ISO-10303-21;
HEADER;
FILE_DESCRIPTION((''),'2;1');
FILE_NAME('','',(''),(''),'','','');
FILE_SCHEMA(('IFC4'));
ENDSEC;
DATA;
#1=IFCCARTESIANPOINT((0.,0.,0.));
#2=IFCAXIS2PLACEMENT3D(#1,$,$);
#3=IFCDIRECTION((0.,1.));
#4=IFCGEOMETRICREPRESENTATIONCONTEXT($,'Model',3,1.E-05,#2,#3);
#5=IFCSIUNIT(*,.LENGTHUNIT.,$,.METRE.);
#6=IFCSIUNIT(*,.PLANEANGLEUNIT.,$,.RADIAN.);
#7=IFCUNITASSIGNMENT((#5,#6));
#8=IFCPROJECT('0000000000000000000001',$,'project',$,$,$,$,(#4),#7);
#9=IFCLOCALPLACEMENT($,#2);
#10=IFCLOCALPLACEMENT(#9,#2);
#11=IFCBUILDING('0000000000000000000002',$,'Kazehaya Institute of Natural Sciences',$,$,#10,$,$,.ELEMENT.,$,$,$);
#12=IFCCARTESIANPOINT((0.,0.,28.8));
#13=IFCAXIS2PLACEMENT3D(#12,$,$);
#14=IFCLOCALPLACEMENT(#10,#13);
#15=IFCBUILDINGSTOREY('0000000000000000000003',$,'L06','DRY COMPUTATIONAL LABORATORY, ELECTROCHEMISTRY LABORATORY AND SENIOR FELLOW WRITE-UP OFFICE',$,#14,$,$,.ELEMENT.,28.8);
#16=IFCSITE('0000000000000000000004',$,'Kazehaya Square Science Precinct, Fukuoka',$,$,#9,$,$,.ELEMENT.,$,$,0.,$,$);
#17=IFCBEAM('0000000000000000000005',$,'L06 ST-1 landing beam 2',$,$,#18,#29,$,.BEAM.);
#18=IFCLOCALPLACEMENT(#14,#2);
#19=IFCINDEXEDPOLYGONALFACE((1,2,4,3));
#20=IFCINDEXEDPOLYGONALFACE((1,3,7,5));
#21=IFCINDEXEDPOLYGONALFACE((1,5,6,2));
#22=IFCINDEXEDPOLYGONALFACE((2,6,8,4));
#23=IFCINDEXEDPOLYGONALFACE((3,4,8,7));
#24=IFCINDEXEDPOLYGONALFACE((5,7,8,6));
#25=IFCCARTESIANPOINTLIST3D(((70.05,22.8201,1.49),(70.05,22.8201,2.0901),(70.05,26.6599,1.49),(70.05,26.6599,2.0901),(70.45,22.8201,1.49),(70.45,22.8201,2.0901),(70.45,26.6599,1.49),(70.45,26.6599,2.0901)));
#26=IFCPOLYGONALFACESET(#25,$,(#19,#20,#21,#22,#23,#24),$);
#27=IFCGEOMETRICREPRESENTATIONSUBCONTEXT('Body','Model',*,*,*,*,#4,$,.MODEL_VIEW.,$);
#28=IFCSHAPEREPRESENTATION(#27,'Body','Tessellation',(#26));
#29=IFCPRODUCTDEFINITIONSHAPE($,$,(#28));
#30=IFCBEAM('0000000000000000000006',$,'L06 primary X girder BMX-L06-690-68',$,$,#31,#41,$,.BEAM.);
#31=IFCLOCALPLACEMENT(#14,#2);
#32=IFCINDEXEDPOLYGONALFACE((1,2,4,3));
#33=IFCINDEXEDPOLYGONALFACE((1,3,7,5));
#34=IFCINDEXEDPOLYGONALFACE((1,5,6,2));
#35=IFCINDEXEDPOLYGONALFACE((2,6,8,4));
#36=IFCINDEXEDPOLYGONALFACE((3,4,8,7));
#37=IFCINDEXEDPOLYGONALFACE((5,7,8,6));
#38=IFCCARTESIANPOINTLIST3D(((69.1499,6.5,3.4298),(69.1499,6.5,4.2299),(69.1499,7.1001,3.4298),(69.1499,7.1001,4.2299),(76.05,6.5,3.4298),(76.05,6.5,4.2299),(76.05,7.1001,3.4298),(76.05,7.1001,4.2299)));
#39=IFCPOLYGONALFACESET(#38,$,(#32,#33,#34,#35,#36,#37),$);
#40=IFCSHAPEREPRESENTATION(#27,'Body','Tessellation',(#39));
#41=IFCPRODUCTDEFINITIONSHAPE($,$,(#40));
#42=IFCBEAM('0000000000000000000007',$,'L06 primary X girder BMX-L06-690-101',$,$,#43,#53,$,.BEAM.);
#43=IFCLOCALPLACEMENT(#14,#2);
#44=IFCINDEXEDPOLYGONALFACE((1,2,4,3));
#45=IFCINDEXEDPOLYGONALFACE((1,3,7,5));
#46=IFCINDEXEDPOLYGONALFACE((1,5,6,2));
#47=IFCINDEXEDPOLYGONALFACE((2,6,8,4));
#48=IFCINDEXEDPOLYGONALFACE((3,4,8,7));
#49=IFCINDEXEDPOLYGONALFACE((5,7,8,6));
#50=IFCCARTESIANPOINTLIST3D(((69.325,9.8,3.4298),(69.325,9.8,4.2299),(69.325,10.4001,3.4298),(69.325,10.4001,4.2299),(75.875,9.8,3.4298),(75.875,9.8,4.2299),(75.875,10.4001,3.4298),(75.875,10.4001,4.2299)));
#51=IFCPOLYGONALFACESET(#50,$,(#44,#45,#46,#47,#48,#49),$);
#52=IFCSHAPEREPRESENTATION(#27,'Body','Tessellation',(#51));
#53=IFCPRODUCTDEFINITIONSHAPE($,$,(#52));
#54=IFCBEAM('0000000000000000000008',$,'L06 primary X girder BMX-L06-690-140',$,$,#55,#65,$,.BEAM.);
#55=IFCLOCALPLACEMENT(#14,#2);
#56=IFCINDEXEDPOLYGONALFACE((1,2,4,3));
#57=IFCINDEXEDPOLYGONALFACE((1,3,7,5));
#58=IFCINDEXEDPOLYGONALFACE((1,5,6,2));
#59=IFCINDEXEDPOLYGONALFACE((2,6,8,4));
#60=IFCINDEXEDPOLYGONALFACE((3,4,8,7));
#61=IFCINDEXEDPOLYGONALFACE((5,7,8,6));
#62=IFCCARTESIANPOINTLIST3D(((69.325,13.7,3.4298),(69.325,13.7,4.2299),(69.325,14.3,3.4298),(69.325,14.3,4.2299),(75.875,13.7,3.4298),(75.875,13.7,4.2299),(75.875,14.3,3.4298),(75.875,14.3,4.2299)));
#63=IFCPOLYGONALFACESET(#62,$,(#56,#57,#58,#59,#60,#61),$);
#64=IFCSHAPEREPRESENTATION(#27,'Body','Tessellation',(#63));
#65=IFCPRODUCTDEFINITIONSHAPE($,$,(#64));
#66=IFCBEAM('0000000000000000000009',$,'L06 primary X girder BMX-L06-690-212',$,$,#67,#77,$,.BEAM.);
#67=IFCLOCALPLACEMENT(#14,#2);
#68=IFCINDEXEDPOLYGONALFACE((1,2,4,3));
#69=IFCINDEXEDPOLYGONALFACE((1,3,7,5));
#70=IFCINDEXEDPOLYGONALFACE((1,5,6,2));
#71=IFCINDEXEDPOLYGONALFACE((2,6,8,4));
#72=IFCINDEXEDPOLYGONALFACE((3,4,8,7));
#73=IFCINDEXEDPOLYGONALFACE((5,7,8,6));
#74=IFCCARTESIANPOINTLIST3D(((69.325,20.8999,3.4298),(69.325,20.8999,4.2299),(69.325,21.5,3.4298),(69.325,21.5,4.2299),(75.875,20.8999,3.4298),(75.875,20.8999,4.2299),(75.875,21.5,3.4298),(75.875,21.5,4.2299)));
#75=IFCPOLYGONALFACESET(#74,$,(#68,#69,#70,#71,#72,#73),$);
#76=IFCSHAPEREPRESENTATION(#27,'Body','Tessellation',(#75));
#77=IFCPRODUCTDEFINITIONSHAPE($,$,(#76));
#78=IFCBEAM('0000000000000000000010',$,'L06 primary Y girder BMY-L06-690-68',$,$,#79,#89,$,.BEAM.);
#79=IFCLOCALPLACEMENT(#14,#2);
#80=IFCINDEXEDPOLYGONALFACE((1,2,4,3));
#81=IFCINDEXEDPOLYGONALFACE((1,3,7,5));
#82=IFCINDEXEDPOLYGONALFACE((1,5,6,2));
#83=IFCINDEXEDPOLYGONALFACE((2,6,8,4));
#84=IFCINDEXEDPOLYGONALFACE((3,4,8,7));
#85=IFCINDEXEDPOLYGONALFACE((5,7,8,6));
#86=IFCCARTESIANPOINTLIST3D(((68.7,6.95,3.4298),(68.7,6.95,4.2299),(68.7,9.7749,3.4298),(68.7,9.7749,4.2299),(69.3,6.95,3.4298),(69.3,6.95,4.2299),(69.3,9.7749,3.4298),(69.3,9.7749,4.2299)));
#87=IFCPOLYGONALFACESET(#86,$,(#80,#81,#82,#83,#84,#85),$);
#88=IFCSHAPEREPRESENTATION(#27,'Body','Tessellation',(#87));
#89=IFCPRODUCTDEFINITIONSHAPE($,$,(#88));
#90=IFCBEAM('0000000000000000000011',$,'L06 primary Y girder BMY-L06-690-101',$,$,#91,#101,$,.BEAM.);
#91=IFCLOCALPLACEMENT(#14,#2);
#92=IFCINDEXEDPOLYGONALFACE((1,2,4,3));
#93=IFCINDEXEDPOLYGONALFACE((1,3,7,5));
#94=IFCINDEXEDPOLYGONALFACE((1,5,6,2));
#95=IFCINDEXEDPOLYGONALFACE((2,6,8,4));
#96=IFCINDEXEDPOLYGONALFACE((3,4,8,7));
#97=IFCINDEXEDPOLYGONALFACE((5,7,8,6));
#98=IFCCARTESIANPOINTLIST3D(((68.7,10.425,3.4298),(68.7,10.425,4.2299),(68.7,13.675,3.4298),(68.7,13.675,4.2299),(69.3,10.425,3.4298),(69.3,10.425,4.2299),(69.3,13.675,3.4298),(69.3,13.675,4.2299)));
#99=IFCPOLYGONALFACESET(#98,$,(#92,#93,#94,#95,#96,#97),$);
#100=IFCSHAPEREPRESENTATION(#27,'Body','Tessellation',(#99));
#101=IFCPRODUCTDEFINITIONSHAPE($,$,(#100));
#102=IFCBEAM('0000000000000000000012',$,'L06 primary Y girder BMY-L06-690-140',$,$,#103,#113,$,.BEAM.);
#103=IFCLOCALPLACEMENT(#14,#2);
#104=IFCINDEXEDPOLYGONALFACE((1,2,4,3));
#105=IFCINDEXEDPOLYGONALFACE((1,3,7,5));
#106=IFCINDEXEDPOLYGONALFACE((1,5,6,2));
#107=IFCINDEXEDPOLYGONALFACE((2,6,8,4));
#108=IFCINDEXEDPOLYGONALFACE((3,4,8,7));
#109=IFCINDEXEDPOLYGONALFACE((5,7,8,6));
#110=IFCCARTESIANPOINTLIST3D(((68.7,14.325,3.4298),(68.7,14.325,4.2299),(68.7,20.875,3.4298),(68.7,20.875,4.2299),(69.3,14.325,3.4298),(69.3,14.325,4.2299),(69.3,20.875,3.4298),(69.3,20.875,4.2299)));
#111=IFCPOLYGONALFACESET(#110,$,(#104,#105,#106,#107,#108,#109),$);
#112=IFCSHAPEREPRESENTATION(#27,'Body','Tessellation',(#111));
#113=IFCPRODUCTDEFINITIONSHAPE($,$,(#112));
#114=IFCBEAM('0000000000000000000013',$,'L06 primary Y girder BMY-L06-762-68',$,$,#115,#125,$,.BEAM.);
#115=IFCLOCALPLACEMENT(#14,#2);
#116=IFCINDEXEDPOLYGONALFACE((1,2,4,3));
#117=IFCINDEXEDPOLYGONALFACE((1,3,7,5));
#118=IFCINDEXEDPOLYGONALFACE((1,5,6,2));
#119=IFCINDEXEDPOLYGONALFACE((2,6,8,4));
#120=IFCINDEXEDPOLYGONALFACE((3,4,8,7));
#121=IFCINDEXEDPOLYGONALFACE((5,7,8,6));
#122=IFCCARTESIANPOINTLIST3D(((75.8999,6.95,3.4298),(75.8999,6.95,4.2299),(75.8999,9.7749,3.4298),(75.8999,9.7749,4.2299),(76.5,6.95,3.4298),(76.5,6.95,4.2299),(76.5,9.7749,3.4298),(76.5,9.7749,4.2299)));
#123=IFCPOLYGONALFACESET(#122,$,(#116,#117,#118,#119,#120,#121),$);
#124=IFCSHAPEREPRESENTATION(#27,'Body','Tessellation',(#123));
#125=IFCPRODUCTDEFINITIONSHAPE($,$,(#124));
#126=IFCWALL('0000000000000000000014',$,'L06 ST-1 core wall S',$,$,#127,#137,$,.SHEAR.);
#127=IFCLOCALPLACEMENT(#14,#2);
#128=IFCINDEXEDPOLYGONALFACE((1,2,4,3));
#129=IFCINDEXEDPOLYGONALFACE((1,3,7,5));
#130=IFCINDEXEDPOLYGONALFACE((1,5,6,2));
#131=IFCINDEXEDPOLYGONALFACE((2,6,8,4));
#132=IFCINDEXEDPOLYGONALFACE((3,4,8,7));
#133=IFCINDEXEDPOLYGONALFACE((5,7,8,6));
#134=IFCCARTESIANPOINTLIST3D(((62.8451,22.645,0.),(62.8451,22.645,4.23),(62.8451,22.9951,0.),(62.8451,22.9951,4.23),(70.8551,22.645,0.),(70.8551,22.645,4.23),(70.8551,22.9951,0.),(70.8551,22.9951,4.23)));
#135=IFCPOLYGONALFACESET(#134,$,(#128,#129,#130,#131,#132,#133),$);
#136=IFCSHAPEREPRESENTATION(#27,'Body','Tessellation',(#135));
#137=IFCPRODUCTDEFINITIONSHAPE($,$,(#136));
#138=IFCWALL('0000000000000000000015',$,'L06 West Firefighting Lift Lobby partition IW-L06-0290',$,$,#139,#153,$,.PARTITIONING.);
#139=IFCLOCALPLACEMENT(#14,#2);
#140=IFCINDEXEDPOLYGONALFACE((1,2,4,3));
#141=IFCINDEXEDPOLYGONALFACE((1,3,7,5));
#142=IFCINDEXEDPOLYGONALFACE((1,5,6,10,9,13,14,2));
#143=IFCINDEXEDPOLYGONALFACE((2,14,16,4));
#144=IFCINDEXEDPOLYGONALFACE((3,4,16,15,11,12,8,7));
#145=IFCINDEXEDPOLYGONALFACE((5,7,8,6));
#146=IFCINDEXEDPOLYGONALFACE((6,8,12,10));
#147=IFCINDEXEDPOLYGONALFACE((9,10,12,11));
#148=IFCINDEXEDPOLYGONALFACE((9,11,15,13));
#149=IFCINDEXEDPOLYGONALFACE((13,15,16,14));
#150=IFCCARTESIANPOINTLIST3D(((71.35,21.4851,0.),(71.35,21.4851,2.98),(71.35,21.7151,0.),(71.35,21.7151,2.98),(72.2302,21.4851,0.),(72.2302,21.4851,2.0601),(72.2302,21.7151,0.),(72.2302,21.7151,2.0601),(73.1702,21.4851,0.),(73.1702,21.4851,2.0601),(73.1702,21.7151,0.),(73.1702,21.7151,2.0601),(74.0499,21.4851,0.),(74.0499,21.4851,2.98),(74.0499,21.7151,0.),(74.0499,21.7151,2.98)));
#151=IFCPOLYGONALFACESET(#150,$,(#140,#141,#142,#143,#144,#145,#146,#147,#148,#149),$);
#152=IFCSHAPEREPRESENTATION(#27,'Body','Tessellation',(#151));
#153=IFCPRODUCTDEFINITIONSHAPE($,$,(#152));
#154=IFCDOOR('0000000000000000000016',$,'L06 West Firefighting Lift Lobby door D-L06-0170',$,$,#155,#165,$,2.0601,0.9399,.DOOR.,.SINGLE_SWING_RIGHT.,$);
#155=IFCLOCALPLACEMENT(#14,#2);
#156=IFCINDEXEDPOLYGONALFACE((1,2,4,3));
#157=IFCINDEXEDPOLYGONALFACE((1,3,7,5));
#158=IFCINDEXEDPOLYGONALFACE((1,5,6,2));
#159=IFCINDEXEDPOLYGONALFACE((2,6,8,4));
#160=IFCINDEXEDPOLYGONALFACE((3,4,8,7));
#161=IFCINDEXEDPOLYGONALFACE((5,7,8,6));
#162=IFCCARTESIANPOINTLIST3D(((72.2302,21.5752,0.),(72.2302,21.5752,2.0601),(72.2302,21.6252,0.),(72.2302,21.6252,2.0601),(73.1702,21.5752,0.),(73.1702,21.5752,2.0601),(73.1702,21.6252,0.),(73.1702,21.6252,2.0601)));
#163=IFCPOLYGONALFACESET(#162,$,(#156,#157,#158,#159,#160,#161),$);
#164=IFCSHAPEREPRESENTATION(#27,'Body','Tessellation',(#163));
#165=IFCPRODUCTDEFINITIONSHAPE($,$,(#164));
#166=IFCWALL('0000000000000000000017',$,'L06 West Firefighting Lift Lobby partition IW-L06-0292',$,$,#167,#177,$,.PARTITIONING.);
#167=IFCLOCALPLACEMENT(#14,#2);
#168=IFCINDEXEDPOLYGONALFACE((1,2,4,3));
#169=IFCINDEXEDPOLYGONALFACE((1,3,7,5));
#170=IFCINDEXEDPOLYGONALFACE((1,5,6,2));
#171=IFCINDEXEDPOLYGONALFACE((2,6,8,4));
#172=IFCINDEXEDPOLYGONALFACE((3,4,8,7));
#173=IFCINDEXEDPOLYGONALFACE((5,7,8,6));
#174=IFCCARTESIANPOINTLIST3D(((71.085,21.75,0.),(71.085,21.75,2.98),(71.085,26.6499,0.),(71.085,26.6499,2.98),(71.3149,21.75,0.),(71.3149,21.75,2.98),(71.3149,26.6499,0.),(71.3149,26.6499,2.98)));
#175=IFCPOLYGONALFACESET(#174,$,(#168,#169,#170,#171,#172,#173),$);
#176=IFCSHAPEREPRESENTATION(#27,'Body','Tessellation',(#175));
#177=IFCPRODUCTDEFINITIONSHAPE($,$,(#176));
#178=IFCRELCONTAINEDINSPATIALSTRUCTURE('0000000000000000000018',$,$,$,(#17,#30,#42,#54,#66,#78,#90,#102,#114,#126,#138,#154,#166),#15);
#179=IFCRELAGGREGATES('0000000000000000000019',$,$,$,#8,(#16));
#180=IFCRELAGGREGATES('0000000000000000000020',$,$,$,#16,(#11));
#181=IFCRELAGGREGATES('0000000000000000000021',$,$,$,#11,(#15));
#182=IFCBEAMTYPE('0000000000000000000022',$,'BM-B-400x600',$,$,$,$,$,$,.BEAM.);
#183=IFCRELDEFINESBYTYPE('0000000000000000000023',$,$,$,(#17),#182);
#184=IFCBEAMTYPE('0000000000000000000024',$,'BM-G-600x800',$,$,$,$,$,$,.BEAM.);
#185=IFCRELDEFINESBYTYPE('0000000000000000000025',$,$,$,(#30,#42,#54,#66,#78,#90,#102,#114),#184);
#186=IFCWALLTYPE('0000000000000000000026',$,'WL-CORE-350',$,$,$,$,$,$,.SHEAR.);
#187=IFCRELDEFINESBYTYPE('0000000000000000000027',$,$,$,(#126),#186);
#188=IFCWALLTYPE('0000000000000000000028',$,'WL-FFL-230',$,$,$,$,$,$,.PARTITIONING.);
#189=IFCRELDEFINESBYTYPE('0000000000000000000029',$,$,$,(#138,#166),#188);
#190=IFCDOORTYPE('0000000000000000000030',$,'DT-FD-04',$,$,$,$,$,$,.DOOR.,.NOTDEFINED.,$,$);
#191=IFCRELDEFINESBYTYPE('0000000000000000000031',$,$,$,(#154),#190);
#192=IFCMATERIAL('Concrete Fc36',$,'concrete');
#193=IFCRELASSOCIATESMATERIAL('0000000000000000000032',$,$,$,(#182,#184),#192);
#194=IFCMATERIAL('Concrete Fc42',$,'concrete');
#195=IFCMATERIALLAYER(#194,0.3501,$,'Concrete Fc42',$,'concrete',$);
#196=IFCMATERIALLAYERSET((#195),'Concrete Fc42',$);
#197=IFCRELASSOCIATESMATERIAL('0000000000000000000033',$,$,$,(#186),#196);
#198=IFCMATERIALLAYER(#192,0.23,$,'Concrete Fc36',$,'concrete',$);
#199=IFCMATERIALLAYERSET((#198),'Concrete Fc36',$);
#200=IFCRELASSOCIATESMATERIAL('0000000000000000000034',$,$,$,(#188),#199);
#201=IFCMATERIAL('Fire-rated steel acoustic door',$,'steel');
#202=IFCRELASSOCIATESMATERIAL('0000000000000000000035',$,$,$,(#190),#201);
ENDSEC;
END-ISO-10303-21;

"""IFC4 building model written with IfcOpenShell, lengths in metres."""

from ifc_helpers import new_model, si_unit, direction, frame, frame_2d, origin, origin_2d, place, context, subcontext, project, spatial, rectangle, extrude, material, layer, layer_set, material_profile, profile_set, type_object, element, fill, save


model = new_model("IFC4")

# Units and contexts
model_context = context("Model", 3, precision=1e-05, world=origin(), true_north=direction((0.0, 1.0)))
body_context = subcontext(model_context, "Body", "Model", "MODEL_VIEW")
ifc_project = project(units=[si_unit("LENGTHUNIT", "METRE"), si_unit("PLANEANGLEUNIT", "RADIAN")], contexts=[model_context])

# Site, building, storey
site_placement = place(None, origin())
site = spatial("IfcSite", under=ifc_project, at=site_placement, Name="Kazehaya Square Science Precinct, Fukuoka", CompositionType="ELEMENT", RefElevation=0.0)
building_placement = place(site_placement, origin())
building = spatial("IfcBuilding", under=site, at=building_placement, Name="Kazehaya Institute of Natural Sciences", CompositionType="ELEMENT")
storey_placement = place(building_placement, frame((0.0, 0.0, 28.8)))
storey = spatial("IfcBuildingStorey", under=building, at=storey_placement, Name="L06", Description="DRY COMPUTATIONAL LABORATORY, ELECTROCHEMISTRY LABORATORY AND SENIOR FELLOW WRITE-UP OFFICE", CompositionType="ELEMENT", Elevation=28.8)

# Shared definitions
ifc_material_1 = material(Name="Concrete Fc36", Category="concrete")

# Beams
ifc_material_profile_1 = material_profile(ifc_material_1, rectangle(XDim=0.3999, YDim=0.6001, at=origin_2d()), Name="RC-400x600")
ifc_profile_set_1 = profile_set([ifc_material_profile_1], Name="Concrete Fc36")
beam_type_1 = type_object("IfcBeamType", Name="BM-B-400x600", PredefinedType="BEAM", material=ifc_profile_set_1)
for number, where, z_axis, x_axis, name in (
    (1, (70.25, 22.8201, 1.79), (0.0, 1.0, 0.0), (-1.0, 0.0, 0.0), "L06 ST-1 landing beam 2"),
):
    element("IfcBeam", number, at=place(storey_placement, frame(where, z_axis=z_axis, x_axis=x_axis)), inside=storey, type_object=beam_type_1, Name=name, PredefinedType="BEAM", context=body_context, shape_type="SweptSolid", body=[
        extrude(rectangle(XDim=0.3999, YDim=0.6001, at=origin_2d()), origin(), (0.0, 0.0, 1.0), 3.8398),
    ])
ifc_material_profile_2 = material_profile(ifc_material_1, rectangle(XDim=0.6001, YDim=0.8, at=origin_2d()), Name="RC-600x800")
ifc_profile_set_2 = profile_set([ifc_material_profile_2], Name="Concrete Fc36")
beam_type_2 = type_object("IfcBeamType", Name="BM-G-600x800", PredefinedType="BEAM", material=ifc_profile_set_2)
beam_1_placement = place(storey_placement, frame((69.1499, 6.8, 3.8298), z_axis=(1.0, 0.0, 0.0), x_axis=(0.0, 1.0, 0.0)))
element("IfcBeam", 2, at=beam_1_placement, inside=storey, type_object=beam_type_2, Name="L06 primary X girder BMX-L06-690-68", PredefinedType="BEAM", context=body_context, shape_type="SweptSolid", body=[
    extrude(rectangle(XDim=0.6001, YDim=0.8, at=origin_2d()), origin(), (0.0, 0.0, 1.0), 6.9001),
])
for number, where, z_axis, x_axis, name in (
    (3, (69.325, 10.1001, 3.8298), (1.0, 0.0, 0.0), (0.0, 1.0, 0.0), "L06 primary X girder BMX-L06-690-101"),
    (4, (69.325, 14.0, 3.8298), (1.0, 0.0, 0.0), (0.0, 1.0, 0.0), "L06 primary X girder BMX-L06-690-140"),
    (5, (69.325, 21.2, 3.8298), (1.0, 0.0, 0.0), (0.0, 1.0, 0.0), "L06 primary X girder BMX-L06-690-212"),
):
    element("IfcBeam", number, at=place(storey_placement, frame(where, z_axis=z_axis, x_axis=x_axis)), inside=storey, type_object=beam_type_2, Name=name, PredefinedType="BEAM", context=body_context, shape_type="SweptSolid", body=[
        extrude(rectangle(XDim=0.6001, YDim=0.8, at=origin_2d()), origin(), (0.0, 0.0, 1.0), 6.55),
    ])
beam_2_placement = place(storey_placement, frame((69.0, 6.95, 3.8298), z_axis=(0.0, 1.0, 0.0), x_axis=(-1.0, 0.0, 0.0)))
element("IfcBeam", 6, at=beam_2_placement, inside=storey, type_object=beam_type_2, Name="L06 primary Y girder BMY-L06-690-68", PredefinedType="BEAM", context=body_context, shape_type="SweptSolid", body=[
    extrude(rectangle(XDim=0.6001, YDim=0.8, at=origin_2d()), origin(), (0.0, 0.0, 1.0), 2.825),
])
beam_3_placement = place(storey_placement, frame((69.0, 10.425, 3.8298), z_axis=(0.0, 1.0, 0.0), x_axis=(-1.0, 0.0, 0.0)))
element("IfcBeam", 7, at=beam_3_placement, inside=storey, type_object=beam_type_2, Name="L06 primary Y girder BMY-L06-690-101", PredefinedType="BEAM", context=body_context, shape_type="SweptSolid", body=[
    extrude(rectangle(XDim=0.6001, YDim=0.8, at=origin_2d()), origin(), (0.0, 0.0, 1.0), 3.25),
])
beam_4_placement = place(storey_placement, frame((69.0, 14.325, 3.8298), z_axis=(0.0, 1.0, 0.0), x_axis=(-1.0, 0.0, 0.0)))
element("IfcBeam", 8, at=beam_4_placement, inside=storey, type_object=beam_type_2, Name="L06 primary Y girder BMY-L06-690-140", PredefinedType="BEAM", context=body_context, shape_type="SweptSolid", body=[
    extrude(rectangle(XDim=0.6001, YDim=0.8, at=origin_2d()), origin(), (0.0, 0.0, 1.0), 6.55),
])
beam_5_placement = place(storey_placement, frame((76.2, 6.95, 3.8298), z_axis=(0.0, 1.0, 0.0), x_axis=(-1.0, 0.0, 0.0)))
element("IfcBeam", 9, at=beam_5_placement, inside=storey, type_object=beam_type_2, Name="L06 primary Y girder BMY-L06-762-68", PredefinedType="BEAM", context=body_context, shape_type="SweptSolid", body=[
    extrude(rectangle(XDim=0.6001, YDim=0.8, at=origin_2d()), origin(), (0.0, 0.0, 1.0), 2.825),
])

# Wall
ifc_material_2 = material(Name="Concrete Fc42", Category="concrete")
ifc_layer_1 = layer(ifc_material_2, 0.3501, Name="Concrete Fc42", Category="concrete")
ifc_layer_set_1 = layer_set([ifc_layer_1], Name="Concrete Fc42")
wall_type_1 = type_object("IfcWallType", Name="WL-CORE-350", PredefinedType="SHEAR", material=ifc_layer_set_1)
wall_1_placement = place(storey_placement, frame((70.855, 22.8201, 0.0), z_axis=(0.0, 0.0, 1.0), x_axis=(-1.0, 0.0, 0.0)))
element("IfcWall", 10, at=wall_1_placement, inside=storey, type_object=wall_type_1, Name="L06 ST-1 core wall S", PredefinedType="SHEAR", context=body_context, shape_type="SweptSolid", body=[
    extrude(rectangle(XDim=8.01, YDim=0.3501, at=frame_2d((4.0049, 0.0))), origin(), (0.0, 0.0, 1.0), 4.23),
])

# Wall, opening, door
ifc_layer_2 = layer(ifc_material_1, 0.23, Name="Concrete Fc36", Category="concrete")
ifc_layer_set_2 = layer_set([ifc_layer_2], Name="Concrete Fc36")
wall_type_2 = type_object("IfcWallType", Name="WL-FFL-230", PredefinedType="PARTITIONING", material=ifc_layer_set_2)
wall_2_placement = place(storey_placement, frame((74.05, 21.6001, 0.0), z_axis=(0.0, 0.0, 1.0), x_axis=(-1.0, 0.0, 0.0)))
wall_2 = element("IfcWall", 11, at=wall_2_placement, inside=storey, type_object=wall_type_2, Name="L06 West Firefighting Lift Lobby partition IW-L06-0290", PredefinedType="PARTITIONING", context=body_context, shape_type="SweptSolid", body=[
    extrude(rectangle(XDim=2.7, YDim=0.23, at=frame_2d((1.3501, 0.0))), origin(), (0.0, 0.0, 1.0), 2.98),
])
opening_1_placement = place(wall_2_placement, frame((0.8799, 0.0, 0.0)))
opening_1 = element("IfcOpeningElement", 12, at=opening_1_placement, cuts=wall_2, PredefinedType="OPENING", context=body_context, shape_type="SweptSolid", body=[
    extrude(rectangle(XDim=0.9399, YDim=2.0601, at=frame_2d((0.47, 1.03))), frame((0.0, 0.125, 0.0), z_axis=(0.0, -1.0, 0.0), x_axis=(1.0, 0.0, 0.0)), (0.0, 0.0, 1.0), 0.25),
])
ifc_material_3 = material(Name="Fire-rated steel acoustic door", Category="steel")
door_type_1 = type_object("IfcDoorType", Name="DT-FD-04", OperationType="NOTDEFINED", PredefinedType="DOOR", material=ifc_material_3)
door_1_placement = place(opening_1_placement, origin())
door_1 = element("IfcDoor", 13, at=door_1_placement, inside=storey, type_object=door_type_1, Name="L06 West Firefighting Lift Lobby door D-L06-0170", OperationType="SINGLE_SWING_RIGHT", OverallHeight=2.0601, OverallWidth=0.9399, PredefinedType="DOOR", context=body_context, shape_type="SweptSolid", body=[
    extrude(rectangle(XDim=0.9399, YDim=2.0601, at=frame_2d((0.47, 1.03))), frame((0.0, 0.0249, 0.0), z_axis=(0.0, -1.0, 0.0), x_axis=(1.0, 0.0, 0.0)), (0.0, 0.0, 1.0), 0.05),
])
fill(opening_1, door_1)

# Wall
wall_3_placement = place(storey_placement, frame((71.2, 21.75, 0.0), z_axis=(0.0, 0.0, 1.0), x_axis=(0.0, 1.0, 0.0)))
element("IfcWall", 14, at=wall_3_placement, inside=storey, type_object=wall_type_2, Name="L06 West Firefighting Lift Lobby partition IW-L06-0292", PredefinedType="PARTITIONING", context=body_context, shape_type="SweptSolid", body=[
    extrude(rectangle(XDim=4.8999, YDim=0.23, at=frame_2d((2.45, 0.0))), origin(), (0.0, 0.0, 1.0), 2.98),
])

save(model, "model.ifc")
